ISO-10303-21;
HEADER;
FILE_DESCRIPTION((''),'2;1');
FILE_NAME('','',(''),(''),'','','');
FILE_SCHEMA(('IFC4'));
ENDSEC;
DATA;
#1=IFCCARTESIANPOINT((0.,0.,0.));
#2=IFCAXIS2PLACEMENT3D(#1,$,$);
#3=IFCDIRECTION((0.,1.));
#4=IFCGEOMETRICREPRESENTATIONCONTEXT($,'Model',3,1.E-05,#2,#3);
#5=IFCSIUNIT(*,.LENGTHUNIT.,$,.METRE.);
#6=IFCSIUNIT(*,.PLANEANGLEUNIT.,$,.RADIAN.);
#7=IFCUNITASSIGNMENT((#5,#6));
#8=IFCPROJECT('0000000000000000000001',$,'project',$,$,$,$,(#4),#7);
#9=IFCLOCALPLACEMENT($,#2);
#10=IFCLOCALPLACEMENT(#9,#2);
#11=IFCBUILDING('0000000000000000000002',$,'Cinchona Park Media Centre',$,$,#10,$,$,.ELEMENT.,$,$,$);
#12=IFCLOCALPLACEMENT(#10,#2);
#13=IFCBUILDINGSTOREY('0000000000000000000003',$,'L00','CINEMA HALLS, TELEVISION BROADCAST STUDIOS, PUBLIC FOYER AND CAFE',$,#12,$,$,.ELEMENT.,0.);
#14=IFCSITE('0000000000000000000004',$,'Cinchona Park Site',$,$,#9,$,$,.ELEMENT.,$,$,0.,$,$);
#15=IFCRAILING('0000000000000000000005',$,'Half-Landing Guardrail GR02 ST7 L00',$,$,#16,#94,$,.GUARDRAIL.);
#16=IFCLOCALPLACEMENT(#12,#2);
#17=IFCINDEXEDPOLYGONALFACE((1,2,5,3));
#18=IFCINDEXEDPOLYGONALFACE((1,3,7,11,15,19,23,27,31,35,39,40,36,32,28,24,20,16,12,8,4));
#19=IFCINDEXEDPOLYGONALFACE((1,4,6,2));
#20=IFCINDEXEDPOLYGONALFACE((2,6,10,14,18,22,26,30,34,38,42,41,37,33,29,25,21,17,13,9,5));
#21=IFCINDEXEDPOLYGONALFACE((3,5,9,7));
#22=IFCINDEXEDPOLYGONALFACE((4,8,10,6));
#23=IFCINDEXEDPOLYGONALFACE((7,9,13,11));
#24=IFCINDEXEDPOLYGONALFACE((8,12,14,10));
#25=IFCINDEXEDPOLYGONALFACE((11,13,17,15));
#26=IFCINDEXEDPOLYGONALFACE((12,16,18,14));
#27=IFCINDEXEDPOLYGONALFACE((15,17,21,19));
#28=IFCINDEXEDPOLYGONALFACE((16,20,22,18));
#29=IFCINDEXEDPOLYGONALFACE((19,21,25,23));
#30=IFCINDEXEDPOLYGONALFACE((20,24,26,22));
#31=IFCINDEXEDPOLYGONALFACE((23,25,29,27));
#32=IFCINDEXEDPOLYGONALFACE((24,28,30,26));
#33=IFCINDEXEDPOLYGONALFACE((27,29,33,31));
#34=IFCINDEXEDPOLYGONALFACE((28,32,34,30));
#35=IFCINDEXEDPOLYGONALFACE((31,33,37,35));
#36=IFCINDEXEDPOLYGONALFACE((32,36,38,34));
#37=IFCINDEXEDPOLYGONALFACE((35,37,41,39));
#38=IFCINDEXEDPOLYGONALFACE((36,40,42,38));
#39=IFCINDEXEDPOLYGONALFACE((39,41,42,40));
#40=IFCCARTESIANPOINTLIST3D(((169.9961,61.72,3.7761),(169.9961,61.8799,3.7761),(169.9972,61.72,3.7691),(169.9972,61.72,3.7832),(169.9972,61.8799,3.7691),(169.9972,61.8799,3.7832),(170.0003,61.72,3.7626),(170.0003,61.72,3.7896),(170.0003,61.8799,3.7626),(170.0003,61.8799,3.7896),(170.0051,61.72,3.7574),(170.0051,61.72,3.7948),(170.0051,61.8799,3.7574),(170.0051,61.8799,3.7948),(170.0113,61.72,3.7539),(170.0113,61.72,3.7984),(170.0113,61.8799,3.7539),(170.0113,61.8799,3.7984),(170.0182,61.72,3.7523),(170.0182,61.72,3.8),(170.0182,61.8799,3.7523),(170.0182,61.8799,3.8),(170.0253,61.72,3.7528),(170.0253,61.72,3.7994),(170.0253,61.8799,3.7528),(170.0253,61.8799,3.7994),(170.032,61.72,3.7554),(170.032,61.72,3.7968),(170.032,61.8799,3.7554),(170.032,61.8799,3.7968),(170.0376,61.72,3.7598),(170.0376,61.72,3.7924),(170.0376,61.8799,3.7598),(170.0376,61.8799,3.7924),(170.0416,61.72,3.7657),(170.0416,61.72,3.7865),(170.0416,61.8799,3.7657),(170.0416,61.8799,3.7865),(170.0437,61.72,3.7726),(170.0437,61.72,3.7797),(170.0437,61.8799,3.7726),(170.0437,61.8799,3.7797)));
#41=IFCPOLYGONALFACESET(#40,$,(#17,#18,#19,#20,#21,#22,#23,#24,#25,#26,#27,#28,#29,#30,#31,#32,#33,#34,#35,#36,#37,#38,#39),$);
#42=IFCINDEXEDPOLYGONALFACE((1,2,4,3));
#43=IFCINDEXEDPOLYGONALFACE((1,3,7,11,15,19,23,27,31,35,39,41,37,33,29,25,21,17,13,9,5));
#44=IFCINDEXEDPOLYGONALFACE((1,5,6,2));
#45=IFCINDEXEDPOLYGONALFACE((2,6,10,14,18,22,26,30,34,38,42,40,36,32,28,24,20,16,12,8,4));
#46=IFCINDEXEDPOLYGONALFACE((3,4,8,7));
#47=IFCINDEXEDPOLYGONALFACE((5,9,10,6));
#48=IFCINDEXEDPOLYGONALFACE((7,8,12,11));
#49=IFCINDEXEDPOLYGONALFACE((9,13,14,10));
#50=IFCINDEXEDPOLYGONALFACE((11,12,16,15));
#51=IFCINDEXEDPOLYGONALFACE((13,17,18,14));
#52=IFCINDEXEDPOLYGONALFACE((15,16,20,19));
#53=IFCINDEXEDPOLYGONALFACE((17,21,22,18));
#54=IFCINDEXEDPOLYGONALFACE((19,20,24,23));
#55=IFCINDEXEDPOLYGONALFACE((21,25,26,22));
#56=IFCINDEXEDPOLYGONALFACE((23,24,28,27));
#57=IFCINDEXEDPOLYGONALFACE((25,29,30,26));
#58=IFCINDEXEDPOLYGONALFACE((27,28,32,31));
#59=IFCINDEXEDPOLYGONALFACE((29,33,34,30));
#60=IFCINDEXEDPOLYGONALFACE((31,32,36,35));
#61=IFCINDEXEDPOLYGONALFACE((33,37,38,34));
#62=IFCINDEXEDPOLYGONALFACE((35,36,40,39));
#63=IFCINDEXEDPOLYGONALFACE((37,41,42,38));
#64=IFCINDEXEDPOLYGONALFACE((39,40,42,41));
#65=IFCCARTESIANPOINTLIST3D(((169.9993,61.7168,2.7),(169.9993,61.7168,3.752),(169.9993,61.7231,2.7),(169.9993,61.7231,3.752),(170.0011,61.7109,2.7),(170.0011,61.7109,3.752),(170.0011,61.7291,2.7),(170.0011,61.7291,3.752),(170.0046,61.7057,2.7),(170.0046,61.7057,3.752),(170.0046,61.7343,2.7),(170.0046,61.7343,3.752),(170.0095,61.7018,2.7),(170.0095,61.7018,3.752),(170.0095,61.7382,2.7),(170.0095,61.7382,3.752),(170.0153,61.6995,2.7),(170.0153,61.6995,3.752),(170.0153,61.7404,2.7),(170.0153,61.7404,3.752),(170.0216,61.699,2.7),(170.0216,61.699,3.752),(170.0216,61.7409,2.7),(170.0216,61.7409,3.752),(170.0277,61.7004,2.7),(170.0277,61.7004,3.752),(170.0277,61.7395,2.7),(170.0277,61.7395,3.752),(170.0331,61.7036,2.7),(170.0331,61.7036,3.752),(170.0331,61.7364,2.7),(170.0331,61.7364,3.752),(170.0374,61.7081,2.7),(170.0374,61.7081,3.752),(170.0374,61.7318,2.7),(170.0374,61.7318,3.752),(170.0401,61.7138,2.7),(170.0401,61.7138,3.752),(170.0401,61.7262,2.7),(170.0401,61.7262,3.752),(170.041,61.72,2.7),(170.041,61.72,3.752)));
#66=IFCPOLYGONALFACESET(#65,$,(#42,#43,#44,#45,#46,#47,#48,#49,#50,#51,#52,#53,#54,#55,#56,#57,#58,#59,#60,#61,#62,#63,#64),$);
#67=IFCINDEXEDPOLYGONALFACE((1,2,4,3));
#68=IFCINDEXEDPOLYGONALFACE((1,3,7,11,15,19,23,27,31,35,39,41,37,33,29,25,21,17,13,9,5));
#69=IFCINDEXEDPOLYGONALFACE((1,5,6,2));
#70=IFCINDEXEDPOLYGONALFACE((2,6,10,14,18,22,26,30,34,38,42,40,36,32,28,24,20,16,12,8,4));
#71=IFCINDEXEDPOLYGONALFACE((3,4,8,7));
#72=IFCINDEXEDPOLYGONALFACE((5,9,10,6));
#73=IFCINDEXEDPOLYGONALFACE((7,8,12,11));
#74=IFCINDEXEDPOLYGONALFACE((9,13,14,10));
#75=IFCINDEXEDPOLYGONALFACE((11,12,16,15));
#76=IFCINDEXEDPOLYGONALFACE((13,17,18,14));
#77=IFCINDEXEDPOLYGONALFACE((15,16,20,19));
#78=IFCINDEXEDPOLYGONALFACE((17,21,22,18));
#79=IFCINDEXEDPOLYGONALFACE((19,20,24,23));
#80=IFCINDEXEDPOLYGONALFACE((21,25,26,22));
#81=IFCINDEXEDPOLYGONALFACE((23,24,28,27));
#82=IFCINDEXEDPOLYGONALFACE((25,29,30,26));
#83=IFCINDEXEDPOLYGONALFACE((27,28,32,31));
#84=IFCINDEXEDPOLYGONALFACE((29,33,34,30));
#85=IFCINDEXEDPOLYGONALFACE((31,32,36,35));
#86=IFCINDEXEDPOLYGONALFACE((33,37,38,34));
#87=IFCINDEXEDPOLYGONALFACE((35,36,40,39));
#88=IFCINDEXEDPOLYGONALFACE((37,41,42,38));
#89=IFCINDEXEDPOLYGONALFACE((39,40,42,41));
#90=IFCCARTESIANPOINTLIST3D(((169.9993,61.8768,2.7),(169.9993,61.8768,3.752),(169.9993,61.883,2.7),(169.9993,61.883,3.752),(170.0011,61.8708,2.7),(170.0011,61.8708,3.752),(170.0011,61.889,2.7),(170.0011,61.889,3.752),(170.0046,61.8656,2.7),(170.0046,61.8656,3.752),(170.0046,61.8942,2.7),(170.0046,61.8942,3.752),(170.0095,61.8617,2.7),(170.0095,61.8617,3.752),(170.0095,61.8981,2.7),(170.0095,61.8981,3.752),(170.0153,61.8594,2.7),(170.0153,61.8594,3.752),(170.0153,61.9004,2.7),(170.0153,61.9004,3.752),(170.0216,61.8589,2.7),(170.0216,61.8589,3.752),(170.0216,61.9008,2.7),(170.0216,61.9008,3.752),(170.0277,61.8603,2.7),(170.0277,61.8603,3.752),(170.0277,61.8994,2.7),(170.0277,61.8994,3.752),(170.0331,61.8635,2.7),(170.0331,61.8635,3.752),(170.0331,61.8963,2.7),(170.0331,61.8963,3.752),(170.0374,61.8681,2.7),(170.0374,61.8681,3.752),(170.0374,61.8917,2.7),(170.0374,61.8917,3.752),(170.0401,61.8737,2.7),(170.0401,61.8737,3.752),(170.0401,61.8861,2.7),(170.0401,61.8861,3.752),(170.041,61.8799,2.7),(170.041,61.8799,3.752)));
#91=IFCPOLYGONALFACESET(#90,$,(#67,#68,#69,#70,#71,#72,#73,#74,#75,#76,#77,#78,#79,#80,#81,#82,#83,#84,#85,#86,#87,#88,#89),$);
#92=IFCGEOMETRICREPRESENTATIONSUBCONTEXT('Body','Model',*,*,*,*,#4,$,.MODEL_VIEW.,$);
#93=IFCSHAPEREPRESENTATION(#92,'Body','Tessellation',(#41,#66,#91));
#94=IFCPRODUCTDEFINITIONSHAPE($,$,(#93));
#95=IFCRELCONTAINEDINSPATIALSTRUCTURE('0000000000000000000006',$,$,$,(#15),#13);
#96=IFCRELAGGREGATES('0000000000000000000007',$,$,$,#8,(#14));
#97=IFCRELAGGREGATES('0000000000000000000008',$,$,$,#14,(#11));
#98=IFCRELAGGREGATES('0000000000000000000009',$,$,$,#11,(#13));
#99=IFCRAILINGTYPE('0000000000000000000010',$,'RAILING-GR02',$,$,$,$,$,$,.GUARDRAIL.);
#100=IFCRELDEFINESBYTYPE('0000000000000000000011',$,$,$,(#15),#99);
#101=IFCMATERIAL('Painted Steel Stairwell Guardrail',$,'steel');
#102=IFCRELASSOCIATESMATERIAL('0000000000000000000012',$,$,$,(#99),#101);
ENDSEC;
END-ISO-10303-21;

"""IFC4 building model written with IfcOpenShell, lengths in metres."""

from ifc_helpers import new_model, si_unit, direction, frame, origin, origin_2d, place, context, subcontext, project, spatial, circle, extrude, material, type_object, element, save


model = new_model("IFC4")

# Units and contexts
model_context = context("Model", 3, precision=1e-05, world=origin(), true_north=direction((0.0, 1.0)))
body_context = subcontext(model_context, "Body", "Model", "MODEL_VIEW")
ifc_project = project(units=[si_unit("LENGTHUNIT", "METRE"), si_unit("PLANEANGLEUNIT", "RADIAN")], contexts=[model_context])

# Site, building, storey
site_placement = place(None, origin())
site = spatial("IfcSite", under=ifc_project, at=site_placement, Name="Cinchona Park Site", CompositionType="ELEMENT", RefElevation=0.0)
building_placement = place(site_placement, origin())
building = spatial("IfcBuilding", under=site, at=building_placement, Name="Cinchona Park Media Centre", CompositionType="ELEMENT")
storey_placement = place(building_placement, origin())
storey = spatial("IfcBuildingStorey", under=building, at=storey_placement, Name="L00", Description="CINEMA HALLS, TELEVISION BROADCAST STUDIOS, PUBLIC FOYER AND CAFE", CompositionType="ELEMENT", Elevation=0.0)

# Railing
ifc_material_1 = material(Name="Painted Steel Stairwell Guardrail", Category="steel")
railing_type_1 = type_object("IfcRailingType", Name="RAILING-GR02", PredefinedType="GUARDRAIL", material=ifc_material_1)
for number, where, name in (
    (1, (170.02, 61.72, 2.7), "Half-Landing Guardrail GR02 ST7 L00"),
):
    element("IfcRailing", number, at=place(storey_placement, frame(where)), inside=storey, type_object=railing_type_1, Name=name, PredefinedType="GUARDRAIL", context=body_context, shape_type="SweptSolid", body=[
        extrude(circle(Radius=0.0239, at=origin_2d()), frame((0.0, 0.0, 1.0762), z_axis=(0.0, 1.0, 0.0), x_axis=(-1.0, 0.0, 0.0)), (0.0, 0.0, 1.0), 0.1599),
        extrude(circle(Radius=0.021, at=origin_2d()), origin(), (0.0, 0.0, 1.0), 1.052),
        extrude(circle(Radius=0.021, at=origin_2d()), frame((0.0, 0.1599, 0.0)), (0.0, 0.0, 1.0), 1.052),
    ])

save(model, "model.ifc")
